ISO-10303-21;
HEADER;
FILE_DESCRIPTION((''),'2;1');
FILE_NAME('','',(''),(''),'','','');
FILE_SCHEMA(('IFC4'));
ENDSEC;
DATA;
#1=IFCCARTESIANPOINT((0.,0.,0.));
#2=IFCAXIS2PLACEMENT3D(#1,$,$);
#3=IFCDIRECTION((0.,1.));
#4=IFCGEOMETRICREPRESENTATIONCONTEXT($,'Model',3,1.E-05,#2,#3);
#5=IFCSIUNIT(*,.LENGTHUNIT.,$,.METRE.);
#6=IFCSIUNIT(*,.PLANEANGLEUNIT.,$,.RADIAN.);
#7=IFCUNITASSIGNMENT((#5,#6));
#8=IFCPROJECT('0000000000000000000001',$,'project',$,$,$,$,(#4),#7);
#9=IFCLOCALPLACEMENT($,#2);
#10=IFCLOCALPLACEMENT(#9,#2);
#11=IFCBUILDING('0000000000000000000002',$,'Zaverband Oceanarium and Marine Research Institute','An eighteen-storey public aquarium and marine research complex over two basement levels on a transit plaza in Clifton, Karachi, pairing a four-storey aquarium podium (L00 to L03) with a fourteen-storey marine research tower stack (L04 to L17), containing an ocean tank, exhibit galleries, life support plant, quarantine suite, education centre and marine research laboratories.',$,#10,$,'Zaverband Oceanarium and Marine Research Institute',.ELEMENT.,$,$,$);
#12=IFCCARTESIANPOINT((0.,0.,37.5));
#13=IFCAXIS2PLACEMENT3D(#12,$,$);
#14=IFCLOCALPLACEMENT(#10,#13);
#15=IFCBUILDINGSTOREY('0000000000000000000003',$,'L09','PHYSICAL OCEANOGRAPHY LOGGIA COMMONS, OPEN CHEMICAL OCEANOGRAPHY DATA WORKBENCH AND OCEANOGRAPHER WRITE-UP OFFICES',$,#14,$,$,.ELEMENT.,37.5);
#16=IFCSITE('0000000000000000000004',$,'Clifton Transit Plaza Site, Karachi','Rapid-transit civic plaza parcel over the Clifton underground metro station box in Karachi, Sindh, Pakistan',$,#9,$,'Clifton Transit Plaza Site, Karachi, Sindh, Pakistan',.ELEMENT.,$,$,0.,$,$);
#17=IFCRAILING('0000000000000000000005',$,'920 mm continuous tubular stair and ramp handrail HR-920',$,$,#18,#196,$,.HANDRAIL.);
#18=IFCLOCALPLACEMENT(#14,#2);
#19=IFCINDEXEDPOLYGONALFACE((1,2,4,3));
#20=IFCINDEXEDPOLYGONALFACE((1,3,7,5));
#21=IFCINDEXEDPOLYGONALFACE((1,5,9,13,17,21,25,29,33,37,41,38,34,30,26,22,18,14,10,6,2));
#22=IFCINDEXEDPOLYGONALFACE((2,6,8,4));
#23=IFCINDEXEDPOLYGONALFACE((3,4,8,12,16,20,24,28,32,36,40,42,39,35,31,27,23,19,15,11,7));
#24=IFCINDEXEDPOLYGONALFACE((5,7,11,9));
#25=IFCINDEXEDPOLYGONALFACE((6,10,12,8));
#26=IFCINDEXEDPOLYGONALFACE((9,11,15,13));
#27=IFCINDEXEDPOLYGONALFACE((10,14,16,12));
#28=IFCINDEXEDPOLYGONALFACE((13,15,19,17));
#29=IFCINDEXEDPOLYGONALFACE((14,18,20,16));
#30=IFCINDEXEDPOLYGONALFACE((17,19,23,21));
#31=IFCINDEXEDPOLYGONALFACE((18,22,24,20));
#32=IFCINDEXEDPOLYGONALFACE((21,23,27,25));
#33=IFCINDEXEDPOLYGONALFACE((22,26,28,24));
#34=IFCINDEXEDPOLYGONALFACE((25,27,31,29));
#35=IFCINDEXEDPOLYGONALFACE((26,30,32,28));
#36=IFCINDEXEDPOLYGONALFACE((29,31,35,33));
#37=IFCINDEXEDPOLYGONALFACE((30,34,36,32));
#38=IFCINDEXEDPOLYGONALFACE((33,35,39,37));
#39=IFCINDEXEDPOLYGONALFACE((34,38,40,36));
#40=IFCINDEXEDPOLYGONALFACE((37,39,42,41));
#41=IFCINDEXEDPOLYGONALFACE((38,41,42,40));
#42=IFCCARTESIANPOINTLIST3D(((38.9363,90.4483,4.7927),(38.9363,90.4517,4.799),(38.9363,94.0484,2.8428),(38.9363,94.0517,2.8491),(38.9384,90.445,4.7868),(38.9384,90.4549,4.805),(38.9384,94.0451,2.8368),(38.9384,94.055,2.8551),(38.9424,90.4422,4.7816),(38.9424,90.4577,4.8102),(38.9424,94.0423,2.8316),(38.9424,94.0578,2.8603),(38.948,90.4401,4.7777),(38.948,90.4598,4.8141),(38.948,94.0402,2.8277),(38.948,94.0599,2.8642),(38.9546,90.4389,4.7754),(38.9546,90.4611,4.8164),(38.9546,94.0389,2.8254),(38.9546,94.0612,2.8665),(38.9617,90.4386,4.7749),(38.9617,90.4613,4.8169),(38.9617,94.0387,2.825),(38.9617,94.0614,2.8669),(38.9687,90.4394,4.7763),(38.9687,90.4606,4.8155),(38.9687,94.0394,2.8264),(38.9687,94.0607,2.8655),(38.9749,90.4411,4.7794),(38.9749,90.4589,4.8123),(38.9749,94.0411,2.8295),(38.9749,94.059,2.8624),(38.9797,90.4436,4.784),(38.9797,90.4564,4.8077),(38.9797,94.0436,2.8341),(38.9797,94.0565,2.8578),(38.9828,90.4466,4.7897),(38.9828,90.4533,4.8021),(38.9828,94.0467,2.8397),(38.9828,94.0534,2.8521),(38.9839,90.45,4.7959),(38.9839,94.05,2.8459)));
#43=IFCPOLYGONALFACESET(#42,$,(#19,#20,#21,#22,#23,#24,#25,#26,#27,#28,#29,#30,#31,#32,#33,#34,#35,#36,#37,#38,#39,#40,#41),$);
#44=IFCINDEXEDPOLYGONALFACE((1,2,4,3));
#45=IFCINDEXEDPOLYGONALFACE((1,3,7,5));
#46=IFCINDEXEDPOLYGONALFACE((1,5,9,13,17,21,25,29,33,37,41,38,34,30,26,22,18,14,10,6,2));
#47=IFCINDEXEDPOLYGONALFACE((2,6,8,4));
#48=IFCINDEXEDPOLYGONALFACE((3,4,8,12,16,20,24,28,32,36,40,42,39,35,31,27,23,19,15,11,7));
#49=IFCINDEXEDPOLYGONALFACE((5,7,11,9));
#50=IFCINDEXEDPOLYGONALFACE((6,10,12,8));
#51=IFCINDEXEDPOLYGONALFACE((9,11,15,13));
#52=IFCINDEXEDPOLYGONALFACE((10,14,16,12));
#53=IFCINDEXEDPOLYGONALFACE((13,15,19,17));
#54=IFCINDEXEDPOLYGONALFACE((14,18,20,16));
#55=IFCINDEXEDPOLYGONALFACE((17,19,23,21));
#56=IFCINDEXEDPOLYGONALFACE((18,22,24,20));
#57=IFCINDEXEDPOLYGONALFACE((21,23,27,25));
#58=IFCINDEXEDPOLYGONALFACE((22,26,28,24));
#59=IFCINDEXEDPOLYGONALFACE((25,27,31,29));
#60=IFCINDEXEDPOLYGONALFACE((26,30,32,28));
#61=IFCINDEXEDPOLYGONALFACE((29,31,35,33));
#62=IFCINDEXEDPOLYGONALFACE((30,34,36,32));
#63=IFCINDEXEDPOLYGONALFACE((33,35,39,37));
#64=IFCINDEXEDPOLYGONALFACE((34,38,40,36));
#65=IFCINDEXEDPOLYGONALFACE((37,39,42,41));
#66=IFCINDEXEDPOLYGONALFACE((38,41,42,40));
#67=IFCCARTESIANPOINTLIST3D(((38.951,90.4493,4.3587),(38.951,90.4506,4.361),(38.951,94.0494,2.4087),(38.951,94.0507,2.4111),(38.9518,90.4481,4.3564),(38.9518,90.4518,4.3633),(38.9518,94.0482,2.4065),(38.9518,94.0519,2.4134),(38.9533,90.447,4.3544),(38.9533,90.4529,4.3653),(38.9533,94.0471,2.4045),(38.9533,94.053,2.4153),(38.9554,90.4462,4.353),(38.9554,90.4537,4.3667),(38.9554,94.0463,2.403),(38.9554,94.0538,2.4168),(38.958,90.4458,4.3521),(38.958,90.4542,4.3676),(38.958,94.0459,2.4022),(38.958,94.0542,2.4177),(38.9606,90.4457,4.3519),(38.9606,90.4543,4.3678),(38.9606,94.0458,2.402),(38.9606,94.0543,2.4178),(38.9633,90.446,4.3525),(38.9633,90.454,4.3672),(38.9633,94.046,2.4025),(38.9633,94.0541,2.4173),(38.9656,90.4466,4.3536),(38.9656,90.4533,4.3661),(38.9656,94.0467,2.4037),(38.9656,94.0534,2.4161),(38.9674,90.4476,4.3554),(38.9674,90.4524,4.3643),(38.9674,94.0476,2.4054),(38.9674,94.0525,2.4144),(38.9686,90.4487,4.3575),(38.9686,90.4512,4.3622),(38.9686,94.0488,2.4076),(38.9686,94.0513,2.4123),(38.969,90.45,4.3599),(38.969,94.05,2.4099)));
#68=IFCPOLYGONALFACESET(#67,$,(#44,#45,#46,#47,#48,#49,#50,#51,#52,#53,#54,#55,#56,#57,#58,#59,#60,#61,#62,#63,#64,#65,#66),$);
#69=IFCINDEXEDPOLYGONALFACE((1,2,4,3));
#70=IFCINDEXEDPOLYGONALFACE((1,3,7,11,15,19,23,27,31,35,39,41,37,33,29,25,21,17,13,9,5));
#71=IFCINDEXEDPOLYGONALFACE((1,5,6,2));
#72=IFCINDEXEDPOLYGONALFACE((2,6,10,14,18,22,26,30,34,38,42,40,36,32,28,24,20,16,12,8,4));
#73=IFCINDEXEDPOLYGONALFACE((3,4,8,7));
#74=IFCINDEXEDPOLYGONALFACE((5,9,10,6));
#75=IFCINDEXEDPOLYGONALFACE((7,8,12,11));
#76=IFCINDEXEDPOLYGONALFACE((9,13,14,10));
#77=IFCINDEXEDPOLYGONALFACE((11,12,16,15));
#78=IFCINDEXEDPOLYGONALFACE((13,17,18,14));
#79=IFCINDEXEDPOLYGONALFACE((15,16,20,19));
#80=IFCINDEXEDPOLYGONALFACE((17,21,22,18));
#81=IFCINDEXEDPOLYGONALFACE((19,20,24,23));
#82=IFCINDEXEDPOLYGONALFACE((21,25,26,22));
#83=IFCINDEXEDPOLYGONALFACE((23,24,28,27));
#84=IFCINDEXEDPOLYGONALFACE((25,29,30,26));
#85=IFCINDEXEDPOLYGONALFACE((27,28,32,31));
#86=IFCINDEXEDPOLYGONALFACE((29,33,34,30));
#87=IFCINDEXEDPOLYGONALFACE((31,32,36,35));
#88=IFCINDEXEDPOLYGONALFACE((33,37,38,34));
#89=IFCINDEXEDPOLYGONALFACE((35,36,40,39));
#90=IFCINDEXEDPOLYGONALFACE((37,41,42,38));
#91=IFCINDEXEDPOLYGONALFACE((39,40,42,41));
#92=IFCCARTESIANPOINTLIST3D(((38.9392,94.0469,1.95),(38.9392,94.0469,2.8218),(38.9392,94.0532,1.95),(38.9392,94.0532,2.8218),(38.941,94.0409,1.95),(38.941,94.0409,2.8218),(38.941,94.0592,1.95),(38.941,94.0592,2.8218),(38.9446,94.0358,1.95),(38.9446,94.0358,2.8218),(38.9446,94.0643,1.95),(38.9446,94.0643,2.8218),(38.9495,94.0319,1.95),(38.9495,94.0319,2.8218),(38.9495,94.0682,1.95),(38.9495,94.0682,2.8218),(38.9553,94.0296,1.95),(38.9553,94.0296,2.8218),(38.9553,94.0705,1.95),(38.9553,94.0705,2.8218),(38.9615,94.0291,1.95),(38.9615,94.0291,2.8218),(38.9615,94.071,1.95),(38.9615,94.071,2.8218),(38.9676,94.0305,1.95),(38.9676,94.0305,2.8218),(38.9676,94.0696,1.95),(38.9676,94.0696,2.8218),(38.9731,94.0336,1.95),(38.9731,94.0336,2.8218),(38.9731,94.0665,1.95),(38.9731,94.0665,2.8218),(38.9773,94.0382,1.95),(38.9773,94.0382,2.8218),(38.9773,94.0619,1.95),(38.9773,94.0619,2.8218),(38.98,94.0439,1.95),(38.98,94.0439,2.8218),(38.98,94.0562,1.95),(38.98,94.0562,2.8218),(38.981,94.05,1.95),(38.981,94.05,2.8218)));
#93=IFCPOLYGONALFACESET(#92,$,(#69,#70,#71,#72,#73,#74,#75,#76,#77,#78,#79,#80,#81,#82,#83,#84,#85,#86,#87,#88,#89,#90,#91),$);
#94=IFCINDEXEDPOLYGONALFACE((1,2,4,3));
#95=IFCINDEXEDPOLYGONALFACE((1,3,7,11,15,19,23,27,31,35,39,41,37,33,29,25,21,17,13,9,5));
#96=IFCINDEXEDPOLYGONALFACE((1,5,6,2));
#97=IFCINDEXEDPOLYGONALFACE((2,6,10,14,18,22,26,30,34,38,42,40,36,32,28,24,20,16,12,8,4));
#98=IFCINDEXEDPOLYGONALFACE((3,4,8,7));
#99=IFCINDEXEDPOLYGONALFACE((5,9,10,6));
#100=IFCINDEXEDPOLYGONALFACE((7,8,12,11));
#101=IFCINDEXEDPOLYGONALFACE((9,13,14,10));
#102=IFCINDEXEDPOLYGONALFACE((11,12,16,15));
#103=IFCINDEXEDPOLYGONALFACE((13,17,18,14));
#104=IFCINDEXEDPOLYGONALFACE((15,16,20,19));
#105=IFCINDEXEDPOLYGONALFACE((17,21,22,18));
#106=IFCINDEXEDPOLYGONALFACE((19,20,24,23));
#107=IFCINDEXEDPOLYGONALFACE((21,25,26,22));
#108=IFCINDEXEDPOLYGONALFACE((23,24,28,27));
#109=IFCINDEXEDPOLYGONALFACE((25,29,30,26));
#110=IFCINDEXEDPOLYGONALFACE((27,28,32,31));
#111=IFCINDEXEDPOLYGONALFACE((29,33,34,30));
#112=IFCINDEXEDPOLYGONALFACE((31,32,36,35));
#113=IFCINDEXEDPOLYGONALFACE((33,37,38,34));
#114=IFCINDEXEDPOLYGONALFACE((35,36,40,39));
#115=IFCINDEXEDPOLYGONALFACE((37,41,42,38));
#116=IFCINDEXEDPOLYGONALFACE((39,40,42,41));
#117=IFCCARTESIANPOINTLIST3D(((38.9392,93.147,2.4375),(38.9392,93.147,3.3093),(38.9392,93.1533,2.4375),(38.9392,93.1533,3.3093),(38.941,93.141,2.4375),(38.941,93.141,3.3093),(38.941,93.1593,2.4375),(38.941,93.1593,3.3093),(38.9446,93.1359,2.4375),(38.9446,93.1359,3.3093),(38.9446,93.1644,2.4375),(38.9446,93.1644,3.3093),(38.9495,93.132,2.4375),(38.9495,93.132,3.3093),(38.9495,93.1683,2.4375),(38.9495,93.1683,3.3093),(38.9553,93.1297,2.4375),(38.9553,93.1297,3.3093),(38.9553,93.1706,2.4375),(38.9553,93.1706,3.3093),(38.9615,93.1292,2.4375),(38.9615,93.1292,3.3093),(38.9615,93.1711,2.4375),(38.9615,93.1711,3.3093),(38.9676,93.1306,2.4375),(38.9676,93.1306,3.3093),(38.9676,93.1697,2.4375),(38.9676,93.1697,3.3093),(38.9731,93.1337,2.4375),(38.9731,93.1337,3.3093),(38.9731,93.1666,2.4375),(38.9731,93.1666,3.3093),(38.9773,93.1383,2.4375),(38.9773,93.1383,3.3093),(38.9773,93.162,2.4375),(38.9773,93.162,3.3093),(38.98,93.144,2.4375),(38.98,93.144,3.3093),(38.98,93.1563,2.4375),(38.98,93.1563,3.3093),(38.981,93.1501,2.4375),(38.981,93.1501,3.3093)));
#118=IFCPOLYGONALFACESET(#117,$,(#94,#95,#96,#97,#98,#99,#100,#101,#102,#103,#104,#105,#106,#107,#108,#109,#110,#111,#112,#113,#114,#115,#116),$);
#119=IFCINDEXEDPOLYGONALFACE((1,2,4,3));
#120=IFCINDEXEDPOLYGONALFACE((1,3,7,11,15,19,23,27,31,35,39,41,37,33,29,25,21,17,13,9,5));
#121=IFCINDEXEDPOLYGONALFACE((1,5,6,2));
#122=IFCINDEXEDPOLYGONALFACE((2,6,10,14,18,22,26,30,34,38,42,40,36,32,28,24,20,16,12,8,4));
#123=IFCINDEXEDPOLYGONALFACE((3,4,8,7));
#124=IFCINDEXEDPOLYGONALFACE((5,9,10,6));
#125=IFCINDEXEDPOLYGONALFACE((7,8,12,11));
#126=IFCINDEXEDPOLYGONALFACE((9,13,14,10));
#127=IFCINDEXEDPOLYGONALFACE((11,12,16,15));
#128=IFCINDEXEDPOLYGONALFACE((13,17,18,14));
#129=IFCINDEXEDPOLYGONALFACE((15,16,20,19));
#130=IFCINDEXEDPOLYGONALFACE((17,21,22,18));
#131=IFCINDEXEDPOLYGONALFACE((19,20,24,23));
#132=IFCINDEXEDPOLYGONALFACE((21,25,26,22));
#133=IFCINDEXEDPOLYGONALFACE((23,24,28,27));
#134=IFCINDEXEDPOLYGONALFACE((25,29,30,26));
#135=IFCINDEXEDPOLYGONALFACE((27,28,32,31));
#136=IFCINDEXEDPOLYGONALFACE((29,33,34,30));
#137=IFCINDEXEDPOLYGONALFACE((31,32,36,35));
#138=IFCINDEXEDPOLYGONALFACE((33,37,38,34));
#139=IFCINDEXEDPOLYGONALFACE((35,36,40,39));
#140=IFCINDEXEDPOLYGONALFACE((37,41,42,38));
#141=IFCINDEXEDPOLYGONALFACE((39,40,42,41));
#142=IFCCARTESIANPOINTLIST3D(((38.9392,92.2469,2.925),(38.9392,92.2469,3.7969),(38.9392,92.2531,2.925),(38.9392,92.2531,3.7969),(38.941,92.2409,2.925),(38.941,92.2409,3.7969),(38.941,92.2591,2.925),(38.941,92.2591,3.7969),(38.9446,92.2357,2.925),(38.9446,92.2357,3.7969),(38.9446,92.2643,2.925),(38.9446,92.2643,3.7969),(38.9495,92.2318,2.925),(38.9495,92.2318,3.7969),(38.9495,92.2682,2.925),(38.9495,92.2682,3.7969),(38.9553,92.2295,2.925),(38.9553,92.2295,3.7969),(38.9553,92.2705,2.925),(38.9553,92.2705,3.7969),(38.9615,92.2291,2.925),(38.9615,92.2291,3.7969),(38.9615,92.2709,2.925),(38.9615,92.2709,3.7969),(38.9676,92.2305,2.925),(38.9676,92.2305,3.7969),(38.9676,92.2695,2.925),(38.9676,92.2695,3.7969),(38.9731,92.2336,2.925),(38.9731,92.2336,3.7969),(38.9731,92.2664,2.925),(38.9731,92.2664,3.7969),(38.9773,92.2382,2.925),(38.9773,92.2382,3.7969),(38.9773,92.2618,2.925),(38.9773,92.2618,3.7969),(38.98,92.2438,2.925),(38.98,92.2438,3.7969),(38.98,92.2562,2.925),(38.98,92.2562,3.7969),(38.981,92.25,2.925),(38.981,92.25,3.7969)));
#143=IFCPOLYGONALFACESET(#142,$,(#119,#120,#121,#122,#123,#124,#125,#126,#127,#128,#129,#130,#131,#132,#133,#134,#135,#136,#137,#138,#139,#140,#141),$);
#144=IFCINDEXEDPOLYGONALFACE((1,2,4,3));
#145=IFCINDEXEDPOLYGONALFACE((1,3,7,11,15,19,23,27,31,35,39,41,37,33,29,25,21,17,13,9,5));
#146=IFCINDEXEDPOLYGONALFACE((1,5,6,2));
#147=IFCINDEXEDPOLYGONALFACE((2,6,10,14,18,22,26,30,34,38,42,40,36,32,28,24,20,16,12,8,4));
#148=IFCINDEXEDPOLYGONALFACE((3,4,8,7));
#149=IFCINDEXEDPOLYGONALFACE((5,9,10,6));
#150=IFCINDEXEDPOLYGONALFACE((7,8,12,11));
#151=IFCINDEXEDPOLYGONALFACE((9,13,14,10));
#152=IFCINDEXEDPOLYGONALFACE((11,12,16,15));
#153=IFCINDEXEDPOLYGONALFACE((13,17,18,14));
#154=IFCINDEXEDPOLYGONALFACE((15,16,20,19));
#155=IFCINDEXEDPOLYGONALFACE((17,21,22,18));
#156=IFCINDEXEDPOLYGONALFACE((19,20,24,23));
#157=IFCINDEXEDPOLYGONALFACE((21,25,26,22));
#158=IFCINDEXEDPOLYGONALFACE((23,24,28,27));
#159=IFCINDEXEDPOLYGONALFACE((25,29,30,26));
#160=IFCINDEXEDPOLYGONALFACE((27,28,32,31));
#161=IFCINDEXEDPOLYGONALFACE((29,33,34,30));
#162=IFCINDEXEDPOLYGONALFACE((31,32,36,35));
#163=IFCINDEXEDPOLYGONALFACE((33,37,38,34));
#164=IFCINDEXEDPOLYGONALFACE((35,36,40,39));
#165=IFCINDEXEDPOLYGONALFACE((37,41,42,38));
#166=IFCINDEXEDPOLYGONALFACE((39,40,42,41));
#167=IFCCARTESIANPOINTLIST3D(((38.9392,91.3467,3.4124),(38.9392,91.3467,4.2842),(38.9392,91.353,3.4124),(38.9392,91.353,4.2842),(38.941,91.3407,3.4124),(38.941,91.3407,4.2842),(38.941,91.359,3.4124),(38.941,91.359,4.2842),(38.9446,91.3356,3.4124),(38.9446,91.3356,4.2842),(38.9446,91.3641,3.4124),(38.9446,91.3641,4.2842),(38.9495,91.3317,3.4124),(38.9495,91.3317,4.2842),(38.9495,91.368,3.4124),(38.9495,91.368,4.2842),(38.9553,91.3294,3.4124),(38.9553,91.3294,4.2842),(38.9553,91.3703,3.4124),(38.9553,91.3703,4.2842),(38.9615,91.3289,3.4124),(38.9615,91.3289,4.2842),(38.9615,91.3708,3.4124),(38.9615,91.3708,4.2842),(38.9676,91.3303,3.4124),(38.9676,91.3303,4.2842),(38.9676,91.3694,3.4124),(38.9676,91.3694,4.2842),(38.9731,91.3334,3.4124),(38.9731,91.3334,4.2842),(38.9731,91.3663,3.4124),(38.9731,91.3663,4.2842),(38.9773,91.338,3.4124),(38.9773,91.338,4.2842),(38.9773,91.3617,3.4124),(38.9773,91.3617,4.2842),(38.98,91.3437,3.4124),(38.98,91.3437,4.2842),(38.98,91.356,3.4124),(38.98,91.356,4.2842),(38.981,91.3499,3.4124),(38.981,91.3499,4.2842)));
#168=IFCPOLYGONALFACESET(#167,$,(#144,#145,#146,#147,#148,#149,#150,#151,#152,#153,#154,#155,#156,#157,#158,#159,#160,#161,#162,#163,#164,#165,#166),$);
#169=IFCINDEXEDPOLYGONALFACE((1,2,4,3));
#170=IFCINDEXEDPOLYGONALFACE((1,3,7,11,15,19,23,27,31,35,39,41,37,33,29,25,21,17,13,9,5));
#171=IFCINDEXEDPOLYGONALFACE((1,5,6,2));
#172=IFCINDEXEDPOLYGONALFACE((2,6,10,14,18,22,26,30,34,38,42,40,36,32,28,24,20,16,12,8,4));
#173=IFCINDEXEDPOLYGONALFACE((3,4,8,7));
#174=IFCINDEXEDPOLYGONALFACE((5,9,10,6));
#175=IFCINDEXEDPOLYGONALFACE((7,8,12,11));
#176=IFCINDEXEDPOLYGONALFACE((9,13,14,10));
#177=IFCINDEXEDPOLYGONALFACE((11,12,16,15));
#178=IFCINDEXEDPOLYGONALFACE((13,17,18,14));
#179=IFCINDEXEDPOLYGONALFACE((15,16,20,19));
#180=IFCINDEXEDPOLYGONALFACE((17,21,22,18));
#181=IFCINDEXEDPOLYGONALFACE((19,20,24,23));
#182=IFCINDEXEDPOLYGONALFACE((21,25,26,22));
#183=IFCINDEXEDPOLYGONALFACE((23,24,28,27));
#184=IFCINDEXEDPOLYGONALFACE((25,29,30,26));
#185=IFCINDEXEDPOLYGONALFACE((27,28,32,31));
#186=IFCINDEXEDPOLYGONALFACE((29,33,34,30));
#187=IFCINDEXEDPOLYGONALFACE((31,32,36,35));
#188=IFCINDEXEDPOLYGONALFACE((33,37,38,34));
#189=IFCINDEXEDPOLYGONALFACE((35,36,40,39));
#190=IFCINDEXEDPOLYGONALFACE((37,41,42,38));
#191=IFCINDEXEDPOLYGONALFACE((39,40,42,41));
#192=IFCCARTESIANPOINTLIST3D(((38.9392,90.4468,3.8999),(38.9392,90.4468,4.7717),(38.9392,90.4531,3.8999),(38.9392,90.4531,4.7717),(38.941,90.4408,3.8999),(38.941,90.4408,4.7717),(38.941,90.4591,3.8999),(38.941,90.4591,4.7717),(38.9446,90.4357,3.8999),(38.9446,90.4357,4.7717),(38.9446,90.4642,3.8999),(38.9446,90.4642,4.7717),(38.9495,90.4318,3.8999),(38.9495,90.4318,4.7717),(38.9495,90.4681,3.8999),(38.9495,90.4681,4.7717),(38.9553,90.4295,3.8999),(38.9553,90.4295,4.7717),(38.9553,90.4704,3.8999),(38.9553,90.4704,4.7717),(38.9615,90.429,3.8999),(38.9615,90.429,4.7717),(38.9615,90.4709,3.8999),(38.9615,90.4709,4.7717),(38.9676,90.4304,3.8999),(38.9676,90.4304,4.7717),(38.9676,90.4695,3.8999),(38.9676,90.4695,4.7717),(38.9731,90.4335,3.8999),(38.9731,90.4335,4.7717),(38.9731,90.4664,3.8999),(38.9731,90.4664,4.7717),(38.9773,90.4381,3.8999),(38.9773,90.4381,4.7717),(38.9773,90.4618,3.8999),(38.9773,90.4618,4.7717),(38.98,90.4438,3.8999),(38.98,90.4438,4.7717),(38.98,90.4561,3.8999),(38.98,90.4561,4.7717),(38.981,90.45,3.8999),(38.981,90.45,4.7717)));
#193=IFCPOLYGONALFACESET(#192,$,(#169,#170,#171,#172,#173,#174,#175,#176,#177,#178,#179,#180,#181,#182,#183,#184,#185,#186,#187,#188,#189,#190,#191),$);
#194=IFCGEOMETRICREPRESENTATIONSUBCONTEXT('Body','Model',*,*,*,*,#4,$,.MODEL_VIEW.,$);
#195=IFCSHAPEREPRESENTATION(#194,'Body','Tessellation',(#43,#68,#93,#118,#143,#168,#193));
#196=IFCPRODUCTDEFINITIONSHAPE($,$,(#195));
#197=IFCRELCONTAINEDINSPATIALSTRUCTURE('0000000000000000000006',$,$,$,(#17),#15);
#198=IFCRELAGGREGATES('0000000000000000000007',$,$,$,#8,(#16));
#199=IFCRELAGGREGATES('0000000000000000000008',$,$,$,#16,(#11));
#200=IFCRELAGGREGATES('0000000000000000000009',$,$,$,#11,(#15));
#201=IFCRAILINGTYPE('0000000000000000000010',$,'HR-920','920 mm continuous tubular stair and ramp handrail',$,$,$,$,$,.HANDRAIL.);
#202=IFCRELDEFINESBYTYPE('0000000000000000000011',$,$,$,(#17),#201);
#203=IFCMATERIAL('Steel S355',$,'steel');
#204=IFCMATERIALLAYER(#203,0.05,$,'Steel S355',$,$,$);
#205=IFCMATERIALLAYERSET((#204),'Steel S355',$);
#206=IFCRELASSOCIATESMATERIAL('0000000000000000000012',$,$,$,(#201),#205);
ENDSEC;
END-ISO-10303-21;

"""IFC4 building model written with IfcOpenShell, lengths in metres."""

from ifc_helpers import new_model, si_unit, direction, frame, origin, origin_2d, place, context, subcontext, project, spatial, circle, extrude, material, layer, layer_set, type_object, element, save


model = new_model("IFC4")

# Units and contexts
model_context = context("Model", 3, precision=1e-05, world=origin(), true_north=direction((0.0, 1.0)))
body_context = subcontext(model_context, "Body", "Model", "MODEL_VIEW")
ifc_project = project(units=[si_unit("LENGTHUNIT", "METRE"), si_unit("PLANEANGLEUNIT", "RADIAN")], contexts=[model_context])

# Site, building, storey
site_placement = place(None, origin())
site = spatial("IfcSite", under=ifc_project, at=site_placement, Name="Clifton Transit Plaza Site, Karachi", Description="Rapid-transit civic plaza parcel over the Clifton underground metro station box in Karachi, Sindh, Pakistan", LongName="Clifton Transit Plaza Site, Karachi, Sindh, Pakistan", CompositionType="ELEMENT", RefElevation=0.0)
building_placement = place(site_placement, origin())
building = spatial("IfcBuilding", under=site, at=building_placement, Name="Zaverband Oceanarium and Marine Research Institute", Description="An eighteen-storey public aquarium and marine research complex over two basement levels on a transit plaza in Clifton, Karachi, pairing a four-storey aquarium podium (L00 to L03) with a fourteen-storey marine research tower stack (L04 to L17), containing an ocean tank, exhibit galleries, life support plant, quarantine suite, education centre and marine research laboratories.", LongName="Zaverband Oceanarium and Marine Research Institute", CompositionType="ELEMENT")
storey_placement = place(building_placement, frame((0.0, 0.0, 37.5)))
storey = spatial("IfcBuildingStorey", under=building, at=storey_placement, Name="L09", Description="PHYSICAL OCEANOGRAPHY LOGGIA COMMONS, OPEN CHEMICAL OCEANOGRAPHY DATA WORKBENCH AND OCEANOGRAPHER WRITE-UP OFFICES", CompositionType="ELEMENT", Elevation=37.5)

# Shared definitions
ifc_material_1 = material(Name="Steel S355", Category="steel")

# Railing
ifc_layer_1 = layer(ifc_material_1, 0.05, Name="Steel S355")
ifc_layer_set_1 = layer_set([ifc_layer_1], Name="Steel S355")
railing_type_1 = type_object("IfcRailingType", Name="HR-920", Description="920 mm continuous tubular stair and ramp handrail", PredefinedType="HANDRAIL", material=ifc_layer_set_1)
railing_1_placement = place(storey_placement, frame((38.96, 94.05, 1.95)))
element("IfcRailing", 1, at=railing_1_placement, inside=storey, type_object=railing_type_1, Name="920 mm continuous tubular stair and ramp handrail HR-920", PredefinedType="HANDRAIL", context=body_context, shape_type="SweptSolid", body=[
    extrude(circle(Radius=0.0239, at=origin_2d()), frame((0.0, 0.0, 0.896), z_axis=(0.0, -0.879302, 0.476264), x_axis=(1.0, 0.0, 0.0)), (0.0, 0.0, 1.0), 4.0942),
    extrude(circle(Radius=0.009, at=origin_2d()), frame((0.0, 0.0, 0.46), z_axis=(0.0, -0.879302, 0.476264), x_axis=(1.0, 0.0, 0.0)), (0.0, 0.0, 1.0), 4.0942),
    extrude(circle(Radius=0.021, at=origin_2d()), origin(), (0.0, 0.0, 1.0), 0.8718),
    extrude(circle(Radius=0.021, at=origin_2d()), frame((0.0, -0.8999, 0.4875)), (0.0, 0.0, 1.0), 0.8718),
    extrude(circle(Radius=0.021, at=origin_2d()), frame((0.0, -1.8, 0.9751)), (0.0, 0.0, 1.0), 0.8718),
    extrude(circle(Radius=0.021, at=origin_2d()), frame((0.0, -2.7002, 1.4624)), (0.0, 0.0, 1.0), 0.8718),
    extrude(circle(Radius=0.021, at=origin_2d()), frame((0.0, -3.6001, 1.95)), (0.0, 0.0, 1.0), 0.8718),
])

save(model, "model.ifc")
